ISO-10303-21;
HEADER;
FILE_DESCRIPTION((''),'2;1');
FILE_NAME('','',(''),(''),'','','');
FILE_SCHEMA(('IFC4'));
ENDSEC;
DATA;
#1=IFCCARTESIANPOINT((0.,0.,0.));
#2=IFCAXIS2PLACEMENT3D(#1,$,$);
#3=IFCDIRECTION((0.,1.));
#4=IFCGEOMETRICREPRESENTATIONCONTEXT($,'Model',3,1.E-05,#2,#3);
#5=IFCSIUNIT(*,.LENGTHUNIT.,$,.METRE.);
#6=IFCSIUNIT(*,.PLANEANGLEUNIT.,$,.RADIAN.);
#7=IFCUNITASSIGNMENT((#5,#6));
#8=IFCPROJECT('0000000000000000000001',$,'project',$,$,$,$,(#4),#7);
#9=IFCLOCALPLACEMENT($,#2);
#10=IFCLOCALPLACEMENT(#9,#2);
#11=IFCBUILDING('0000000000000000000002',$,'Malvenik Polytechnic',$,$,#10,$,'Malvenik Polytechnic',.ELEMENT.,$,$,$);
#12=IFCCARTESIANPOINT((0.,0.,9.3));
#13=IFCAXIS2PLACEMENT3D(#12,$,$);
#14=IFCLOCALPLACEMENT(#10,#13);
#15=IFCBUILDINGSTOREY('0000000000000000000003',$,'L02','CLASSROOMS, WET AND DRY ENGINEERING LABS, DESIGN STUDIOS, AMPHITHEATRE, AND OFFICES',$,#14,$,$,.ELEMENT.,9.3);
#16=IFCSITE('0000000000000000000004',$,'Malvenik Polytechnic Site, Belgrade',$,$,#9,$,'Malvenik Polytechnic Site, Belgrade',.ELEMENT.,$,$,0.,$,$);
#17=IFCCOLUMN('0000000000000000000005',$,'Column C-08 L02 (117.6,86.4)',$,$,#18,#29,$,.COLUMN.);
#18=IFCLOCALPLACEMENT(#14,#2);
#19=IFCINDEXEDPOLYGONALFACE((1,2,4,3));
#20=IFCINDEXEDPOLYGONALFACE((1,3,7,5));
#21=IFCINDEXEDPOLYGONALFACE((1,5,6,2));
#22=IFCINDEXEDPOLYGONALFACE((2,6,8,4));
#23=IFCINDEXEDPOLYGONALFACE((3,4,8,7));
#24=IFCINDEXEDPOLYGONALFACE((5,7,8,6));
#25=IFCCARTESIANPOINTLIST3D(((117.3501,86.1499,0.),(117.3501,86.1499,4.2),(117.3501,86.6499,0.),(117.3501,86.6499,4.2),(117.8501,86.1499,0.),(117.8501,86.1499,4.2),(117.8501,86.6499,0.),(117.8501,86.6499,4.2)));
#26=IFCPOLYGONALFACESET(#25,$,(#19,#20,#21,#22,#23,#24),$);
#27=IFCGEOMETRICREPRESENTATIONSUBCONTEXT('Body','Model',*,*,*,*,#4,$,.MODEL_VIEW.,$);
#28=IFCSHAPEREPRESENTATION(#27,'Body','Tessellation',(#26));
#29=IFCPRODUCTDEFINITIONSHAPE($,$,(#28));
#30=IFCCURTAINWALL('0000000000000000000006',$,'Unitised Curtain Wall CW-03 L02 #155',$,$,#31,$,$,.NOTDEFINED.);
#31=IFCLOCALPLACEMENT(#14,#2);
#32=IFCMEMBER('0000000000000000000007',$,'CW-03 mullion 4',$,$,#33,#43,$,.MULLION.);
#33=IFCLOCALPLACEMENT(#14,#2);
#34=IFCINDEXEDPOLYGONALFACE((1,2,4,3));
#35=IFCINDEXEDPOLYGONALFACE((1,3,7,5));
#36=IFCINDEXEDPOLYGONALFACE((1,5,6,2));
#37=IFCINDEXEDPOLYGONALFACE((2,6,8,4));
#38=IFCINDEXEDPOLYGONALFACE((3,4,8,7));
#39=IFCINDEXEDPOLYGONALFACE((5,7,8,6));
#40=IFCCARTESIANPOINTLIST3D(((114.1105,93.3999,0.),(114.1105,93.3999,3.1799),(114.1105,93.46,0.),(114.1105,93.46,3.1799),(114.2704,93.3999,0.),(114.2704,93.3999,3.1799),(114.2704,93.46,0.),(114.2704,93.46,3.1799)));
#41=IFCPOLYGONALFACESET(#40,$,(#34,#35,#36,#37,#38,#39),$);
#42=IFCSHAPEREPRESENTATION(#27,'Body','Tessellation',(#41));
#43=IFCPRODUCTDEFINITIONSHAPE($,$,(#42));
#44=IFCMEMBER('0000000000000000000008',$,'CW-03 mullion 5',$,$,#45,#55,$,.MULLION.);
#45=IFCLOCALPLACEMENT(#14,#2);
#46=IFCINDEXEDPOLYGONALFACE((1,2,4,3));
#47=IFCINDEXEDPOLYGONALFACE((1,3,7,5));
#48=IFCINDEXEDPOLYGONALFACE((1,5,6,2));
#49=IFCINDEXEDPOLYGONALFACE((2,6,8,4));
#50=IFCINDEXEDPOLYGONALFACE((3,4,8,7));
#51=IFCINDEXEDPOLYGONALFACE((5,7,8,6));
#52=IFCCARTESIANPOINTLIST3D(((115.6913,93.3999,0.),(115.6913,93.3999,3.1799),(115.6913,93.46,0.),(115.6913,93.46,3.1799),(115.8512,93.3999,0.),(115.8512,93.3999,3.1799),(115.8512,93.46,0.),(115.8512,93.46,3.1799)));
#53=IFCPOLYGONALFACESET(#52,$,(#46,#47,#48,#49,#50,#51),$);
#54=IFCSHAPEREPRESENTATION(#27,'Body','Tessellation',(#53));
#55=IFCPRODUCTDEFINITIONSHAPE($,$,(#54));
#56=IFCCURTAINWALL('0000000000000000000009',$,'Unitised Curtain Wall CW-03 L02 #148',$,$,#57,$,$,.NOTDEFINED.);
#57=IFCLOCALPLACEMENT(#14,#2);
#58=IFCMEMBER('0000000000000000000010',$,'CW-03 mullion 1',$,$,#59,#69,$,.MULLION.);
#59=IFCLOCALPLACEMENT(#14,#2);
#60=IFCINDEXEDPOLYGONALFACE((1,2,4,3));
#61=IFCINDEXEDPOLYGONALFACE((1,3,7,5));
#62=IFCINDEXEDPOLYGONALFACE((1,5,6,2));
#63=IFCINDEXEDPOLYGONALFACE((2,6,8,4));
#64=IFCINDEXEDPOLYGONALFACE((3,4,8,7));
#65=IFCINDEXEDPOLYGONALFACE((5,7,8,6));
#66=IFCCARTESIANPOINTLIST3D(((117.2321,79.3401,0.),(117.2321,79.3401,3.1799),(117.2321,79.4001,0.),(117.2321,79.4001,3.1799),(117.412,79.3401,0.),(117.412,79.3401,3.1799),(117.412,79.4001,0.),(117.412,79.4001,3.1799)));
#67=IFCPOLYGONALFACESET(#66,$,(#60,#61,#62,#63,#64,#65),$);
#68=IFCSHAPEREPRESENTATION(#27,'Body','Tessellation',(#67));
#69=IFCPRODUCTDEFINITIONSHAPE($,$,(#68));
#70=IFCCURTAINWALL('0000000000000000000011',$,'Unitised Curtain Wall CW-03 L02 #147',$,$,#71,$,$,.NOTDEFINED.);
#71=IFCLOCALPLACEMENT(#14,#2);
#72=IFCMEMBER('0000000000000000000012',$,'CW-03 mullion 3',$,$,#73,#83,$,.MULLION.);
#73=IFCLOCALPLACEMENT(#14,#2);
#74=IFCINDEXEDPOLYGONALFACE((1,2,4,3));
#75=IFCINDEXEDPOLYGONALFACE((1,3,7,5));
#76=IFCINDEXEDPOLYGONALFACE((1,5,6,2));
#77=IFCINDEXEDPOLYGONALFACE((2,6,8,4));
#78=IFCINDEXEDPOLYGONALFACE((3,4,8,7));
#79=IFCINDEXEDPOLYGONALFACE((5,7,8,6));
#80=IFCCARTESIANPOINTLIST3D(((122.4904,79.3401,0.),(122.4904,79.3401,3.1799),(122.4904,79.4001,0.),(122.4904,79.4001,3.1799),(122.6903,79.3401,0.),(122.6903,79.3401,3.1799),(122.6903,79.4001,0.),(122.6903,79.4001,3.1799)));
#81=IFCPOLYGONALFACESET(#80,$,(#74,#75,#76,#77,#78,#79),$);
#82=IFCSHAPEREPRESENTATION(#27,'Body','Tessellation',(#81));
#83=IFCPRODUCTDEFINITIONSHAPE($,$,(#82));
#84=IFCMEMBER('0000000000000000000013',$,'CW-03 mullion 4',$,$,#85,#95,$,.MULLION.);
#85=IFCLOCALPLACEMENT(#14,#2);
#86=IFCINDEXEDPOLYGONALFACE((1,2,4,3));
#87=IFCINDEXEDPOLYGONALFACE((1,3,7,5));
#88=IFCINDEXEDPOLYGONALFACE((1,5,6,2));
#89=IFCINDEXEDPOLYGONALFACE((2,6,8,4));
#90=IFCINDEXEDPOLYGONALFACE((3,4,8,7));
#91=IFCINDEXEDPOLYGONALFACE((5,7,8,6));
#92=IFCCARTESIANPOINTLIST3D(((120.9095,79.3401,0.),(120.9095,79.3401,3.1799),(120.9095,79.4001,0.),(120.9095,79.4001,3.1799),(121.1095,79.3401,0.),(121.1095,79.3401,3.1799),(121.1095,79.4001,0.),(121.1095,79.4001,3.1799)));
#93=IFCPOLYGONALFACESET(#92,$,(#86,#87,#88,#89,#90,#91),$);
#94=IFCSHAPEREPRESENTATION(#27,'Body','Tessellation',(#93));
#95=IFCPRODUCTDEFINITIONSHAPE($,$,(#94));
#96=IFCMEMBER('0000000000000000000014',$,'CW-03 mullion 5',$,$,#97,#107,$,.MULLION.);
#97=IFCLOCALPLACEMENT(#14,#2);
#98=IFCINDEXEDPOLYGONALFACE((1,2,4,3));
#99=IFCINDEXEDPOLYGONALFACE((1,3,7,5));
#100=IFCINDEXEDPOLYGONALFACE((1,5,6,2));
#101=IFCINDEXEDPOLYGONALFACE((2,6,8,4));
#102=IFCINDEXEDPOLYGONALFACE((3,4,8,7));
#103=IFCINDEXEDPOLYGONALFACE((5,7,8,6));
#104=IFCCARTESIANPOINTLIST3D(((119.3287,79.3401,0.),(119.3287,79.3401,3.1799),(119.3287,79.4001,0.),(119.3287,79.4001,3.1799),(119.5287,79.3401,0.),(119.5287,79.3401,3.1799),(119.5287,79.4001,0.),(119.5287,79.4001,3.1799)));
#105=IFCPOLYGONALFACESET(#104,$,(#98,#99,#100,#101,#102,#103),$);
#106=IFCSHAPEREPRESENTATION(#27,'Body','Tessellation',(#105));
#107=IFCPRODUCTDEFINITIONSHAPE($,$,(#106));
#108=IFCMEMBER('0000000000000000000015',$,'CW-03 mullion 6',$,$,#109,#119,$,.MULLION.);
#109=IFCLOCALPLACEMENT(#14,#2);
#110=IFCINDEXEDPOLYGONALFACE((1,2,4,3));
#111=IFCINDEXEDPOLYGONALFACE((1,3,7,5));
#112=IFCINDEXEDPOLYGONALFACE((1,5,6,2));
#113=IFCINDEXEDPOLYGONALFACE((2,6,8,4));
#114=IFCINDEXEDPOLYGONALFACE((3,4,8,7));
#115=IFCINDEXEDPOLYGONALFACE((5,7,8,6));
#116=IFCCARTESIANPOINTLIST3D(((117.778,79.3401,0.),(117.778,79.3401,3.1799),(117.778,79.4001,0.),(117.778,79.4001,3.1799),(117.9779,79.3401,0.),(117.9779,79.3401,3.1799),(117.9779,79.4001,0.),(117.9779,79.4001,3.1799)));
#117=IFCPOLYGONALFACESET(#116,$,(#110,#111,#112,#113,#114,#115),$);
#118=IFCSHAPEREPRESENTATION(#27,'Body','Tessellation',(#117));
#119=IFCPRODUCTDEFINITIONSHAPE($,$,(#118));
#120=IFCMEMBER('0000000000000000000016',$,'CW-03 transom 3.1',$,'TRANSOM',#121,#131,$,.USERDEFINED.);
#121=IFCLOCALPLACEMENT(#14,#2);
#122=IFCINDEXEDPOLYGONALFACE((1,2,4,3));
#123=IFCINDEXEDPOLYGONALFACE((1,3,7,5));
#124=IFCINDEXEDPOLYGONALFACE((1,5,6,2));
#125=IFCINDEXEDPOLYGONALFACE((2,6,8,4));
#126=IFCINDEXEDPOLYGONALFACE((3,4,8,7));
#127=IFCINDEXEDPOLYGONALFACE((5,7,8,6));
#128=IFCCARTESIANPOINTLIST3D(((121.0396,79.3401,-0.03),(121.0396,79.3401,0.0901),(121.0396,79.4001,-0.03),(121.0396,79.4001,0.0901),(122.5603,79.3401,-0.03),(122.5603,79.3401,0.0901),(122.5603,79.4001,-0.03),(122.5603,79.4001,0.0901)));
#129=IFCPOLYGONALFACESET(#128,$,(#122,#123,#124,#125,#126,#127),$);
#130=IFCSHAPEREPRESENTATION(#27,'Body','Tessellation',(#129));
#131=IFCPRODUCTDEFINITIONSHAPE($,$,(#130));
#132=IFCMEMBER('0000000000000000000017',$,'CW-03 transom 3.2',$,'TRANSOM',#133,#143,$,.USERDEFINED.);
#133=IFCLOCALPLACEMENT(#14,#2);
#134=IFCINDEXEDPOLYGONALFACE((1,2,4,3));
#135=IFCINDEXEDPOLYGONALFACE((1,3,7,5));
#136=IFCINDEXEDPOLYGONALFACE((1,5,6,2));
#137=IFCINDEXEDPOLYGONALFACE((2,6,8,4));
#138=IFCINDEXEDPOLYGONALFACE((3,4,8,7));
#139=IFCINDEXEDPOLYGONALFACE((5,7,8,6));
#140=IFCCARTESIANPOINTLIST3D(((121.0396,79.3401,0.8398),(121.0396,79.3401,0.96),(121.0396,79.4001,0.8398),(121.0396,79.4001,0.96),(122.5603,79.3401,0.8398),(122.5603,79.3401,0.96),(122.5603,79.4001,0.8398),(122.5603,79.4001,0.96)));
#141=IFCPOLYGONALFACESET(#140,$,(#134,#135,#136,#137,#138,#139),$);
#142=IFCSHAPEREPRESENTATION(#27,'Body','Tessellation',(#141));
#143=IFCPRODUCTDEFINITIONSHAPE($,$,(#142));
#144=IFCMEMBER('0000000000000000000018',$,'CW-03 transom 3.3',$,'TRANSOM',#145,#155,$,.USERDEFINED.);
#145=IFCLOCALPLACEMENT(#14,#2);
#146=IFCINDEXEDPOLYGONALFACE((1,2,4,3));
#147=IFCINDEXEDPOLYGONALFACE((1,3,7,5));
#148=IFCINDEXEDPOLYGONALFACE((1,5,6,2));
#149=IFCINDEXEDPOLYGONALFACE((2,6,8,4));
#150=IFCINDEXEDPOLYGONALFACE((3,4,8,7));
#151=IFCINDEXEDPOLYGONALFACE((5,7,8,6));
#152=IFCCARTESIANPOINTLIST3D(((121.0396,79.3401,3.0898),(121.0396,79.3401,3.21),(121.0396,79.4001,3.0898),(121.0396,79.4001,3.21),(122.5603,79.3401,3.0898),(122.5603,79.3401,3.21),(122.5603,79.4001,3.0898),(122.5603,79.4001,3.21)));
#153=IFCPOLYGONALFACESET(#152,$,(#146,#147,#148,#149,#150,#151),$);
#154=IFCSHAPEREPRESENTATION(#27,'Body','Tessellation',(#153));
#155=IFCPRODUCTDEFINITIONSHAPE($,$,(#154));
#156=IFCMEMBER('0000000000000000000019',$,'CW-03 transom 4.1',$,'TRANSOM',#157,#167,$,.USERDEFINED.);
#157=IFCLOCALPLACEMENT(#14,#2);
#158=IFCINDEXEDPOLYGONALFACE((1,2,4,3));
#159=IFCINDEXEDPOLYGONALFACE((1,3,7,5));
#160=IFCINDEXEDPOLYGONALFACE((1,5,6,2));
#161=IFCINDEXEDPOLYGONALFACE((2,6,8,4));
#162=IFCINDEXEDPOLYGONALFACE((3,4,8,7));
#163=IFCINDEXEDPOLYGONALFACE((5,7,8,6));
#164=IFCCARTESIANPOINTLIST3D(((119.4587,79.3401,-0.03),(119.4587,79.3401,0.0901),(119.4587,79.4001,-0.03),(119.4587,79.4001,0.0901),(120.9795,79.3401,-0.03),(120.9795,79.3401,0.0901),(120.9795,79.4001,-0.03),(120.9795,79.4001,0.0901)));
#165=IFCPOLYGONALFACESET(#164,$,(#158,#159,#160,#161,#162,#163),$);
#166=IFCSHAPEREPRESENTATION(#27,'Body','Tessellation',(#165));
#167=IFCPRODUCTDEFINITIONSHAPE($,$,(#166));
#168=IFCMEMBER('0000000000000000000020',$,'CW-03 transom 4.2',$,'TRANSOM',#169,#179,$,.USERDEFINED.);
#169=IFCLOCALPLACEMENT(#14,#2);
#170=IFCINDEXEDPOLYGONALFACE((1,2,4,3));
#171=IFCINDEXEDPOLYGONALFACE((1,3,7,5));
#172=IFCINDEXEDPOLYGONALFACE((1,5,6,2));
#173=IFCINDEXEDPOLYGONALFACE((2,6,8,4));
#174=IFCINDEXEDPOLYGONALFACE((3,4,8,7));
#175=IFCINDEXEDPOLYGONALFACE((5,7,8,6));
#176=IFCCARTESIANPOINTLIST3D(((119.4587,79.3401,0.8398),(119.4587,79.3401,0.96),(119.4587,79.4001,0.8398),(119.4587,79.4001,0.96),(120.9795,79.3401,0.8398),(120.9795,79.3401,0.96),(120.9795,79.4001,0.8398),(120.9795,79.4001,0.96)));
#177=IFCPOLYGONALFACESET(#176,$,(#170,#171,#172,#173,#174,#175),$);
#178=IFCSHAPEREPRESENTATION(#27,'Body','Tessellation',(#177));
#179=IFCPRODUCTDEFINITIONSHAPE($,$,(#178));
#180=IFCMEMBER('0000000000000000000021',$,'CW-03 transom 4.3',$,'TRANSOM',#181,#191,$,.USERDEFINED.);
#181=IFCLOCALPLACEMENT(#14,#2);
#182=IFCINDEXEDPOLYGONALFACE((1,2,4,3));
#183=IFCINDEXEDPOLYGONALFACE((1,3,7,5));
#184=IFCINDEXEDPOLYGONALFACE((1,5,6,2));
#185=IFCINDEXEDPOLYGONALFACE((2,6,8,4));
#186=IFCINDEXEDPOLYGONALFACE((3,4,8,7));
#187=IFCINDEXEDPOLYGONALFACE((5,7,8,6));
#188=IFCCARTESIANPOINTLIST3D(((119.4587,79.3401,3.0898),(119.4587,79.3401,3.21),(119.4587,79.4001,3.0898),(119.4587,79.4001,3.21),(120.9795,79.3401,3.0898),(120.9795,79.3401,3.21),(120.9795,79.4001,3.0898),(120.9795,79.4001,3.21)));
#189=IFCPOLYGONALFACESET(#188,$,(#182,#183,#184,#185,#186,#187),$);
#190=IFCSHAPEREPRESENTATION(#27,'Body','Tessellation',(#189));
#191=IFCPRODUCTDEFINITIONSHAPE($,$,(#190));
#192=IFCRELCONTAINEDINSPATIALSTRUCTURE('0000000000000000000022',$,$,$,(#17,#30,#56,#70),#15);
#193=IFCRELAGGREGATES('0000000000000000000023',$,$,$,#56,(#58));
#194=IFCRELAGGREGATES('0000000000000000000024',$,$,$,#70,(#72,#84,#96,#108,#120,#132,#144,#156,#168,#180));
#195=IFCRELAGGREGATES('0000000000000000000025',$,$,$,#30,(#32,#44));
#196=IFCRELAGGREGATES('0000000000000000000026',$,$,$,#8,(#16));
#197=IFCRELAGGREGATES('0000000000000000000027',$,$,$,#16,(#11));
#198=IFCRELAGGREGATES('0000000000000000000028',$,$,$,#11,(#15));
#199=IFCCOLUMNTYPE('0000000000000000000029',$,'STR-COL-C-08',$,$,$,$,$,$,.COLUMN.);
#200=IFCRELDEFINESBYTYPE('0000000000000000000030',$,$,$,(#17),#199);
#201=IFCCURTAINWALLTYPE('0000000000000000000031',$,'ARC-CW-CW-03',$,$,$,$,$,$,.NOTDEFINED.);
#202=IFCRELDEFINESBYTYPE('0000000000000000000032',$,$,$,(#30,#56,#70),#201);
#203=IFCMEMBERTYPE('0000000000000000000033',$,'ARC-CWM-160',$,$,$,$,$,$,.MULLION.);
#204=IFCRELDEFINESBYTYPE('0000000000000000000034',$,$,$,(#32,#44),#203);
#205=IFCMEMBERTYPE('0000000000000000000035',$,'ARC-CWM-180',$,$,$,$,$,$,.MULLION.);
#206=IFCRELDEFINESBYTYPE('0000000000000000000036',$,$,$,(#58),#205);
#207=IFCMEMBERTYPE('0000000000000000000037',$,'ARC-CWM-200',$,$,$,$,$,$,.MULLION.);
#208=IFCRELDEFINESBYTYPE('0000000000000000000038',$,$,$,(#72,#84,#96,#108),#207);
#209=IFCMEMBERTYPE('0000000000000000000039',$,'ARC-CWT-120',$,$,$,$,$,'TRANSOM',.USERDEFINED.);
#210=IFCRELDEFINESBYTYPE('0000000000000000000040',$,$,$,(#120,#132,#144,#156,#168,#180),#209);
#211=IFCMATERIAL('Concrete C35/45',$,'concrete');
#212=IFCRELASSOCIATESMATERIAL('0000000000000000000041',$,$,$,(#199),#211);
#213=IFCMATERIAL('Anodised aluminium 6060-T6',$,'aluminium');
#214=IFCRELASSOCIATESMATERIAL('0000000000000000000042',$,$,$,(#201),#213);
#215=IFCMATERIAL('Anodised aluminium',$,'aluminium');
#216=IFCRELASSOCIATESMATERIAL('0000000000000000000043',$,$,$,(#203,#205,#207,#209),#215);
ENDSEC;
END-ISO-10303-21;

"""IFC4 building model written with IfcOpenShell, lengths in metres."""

from ifc_helpers import new_model, si_unit, direction, frame, origin, origin_2d, place, context, subcontext, project, spatial, rectangle, extrude, material, material_profile, profile_set, type_object, element, aggregate, save


model = new_model("IFC4")

# Units and contexts
model_context = context("Model", 3, precision=1e-05, world=origin(), true_north=direction((0.0, 1.0)))
body_context = subcontext(model_context, "Body", "Model", "MODEL_VIEW")
ifc_project = project(units=[si_unit("LENGTHUNIT", "METRE"), si_unit("PLANEANGLEUNIT", "RADIAN")], contexts=[model_context])

# Site, building, storey
site_placement = place(None, origin())
site = spatial("IfcSite", under=ifc_project, at=site_placement, Name="Malvenik Polytechnic Site, Belgrade", LongName="Malvenik Polytechnic Site, Belgrade", CompositionType="ELEMENT", RefElevation=0.0)
building_placement = place(site_placement, origin())
building = spatial("IfcBuilding", under=site, at=building_placement, Name="Malvenik Polytechnic", LongName="Malvenik Polytechnic", CompositionType="ELEMENT")
storey_placement = place(building_placement, frame((0.0, 0.0, 9.3)))
storey = spatial("IfcBuildingStorey", under=building, at=storey_placement, Name="L02", Description="CLASSROOMS, WET AND DRY ENGINEERING LABS, DESIGN STUDIOS, AMPHITHEATRE, AND OFFICES", CompositionType="ELEMENT", Elevation=9.3)

# Column
ifc_material_1 = material(Name="Concrete C35/45", Category="concrete")
ifc_material_profile_1 = material_profile(ifc_material_1, rectangle(XDim=0.5, YDim=0.5, at=origin_2d()), Name="RC COL 500x500")
ifc_profile_set_1 = profile_set([ifc_material_profile_1], Name="Concrete C35/45")
column_type = type_object("IfcColumnType", Name="STR-COL-C-08", PredefinedType="COLUMN", material=ifc_profile_set_1)
column_placement = place(storey_placement, frame((117.6001, 86.3999, 0.0), z_axis=(0.0, 0.0, 1.0), x_axis=(1.0, 0.0, 0.0)))
element("IfcColumn", 1, at=column_placement, inside=storey, type_object=column_type, Name="Column C-08 L02 (117.6,86.4)", PredefinedType="COLUMN", context=body_context, shape_type="SweptSolid", body=[
    extrude(rectangle(XDim=0.5, YDim=0.5, at=origin_2d()), origin(), (0.0, 0.0, 1.0), 4.2),
])

# Curtain wall, members
ifc_material_2 = material(Name="Anodised aluminium 6060-T6", Category="aluminium")
curtain_wall_type = type_object("IfcCurtainWallType", Name="ARC-CW-CW-03", PredefinedType="NOTDEFINED", material=ifc_material_2)
curtain_wall_1_placement = place(storey_placement, origin())
curtain_wall_1 = element("IfcCurtainWall", 2, at=curtain_wall_1_placement, inside=storey, type_object=curtain_wall_type, Name="Unitised Curtain Wall CW-03 L02 #155", PredefinedType="NOTDEFINED")
ifc_material_3 = material(Name="Anodised aluminium", Category="aluminium")
ifc_material_profile_2 = material_profile(ifc_material_3, rectangle(XDim=0.0601, YDim=0.1599, at=origin_2d()), Name="ALU MULLION 60x160")
ifc_profile_set_2 = profile_set([ifc_material_profile_2], Name="Anodised aluminium")
member_type_1 = type_object("IfcMemberType", Name="ARC-CWM-160", PredefinedType="MULLION", material=ifc_profile_set_2)
member_1_placement = place(storey_placement, frame((114.1904, 93.4299, 0.0), z_axis=(0.0, 0.0, 1.0), x_axis=(0.0, 1.0, 0.0)))
member_1 = element("IfcMember", 3, at=member_1_placement, type_object=member_type_1, Name="CW-03 mullion 4", PredefinedType="MULLION", context=body_context, shape_type="SweptSolid", body=[
    extrude(rectangle(XDim=0.0601, YDim=0.1599, at=origin_2d()), origin(), (0.0, 0.0, 1.0), 3.1799),
])
member_2_placement = place(storey_placement, frame((115.7712, 93.4299, 0.0), z_axis=(0.0, 0.0, 1.0), x_axis=(0.0, 1.0, 0.0)))
member_2 = element("IfcMember", 4, at=member_2_placement, type_object=member_type_1, Name="CW-03 mullion 5", PredefinedType="MULLION", context=body_context, shape_type="SweptSolid", body=[
    extrude(rectangle(XDim=0.0601, YDim=0.1599, at=origin_2d()), origin(), (0.0, 0.0, 1.0), 3.1799),
])

# Curtain wall, member
curtain_wall_2_placement = place(storey_placement, origin())
curtain_wall_2 = element("IfcCurtainWall", 5, at=curtain_wall_2_placement, inside=storey, type_object=curtain_wall_type, Name="Unitised Curtain Wall CW-03 L02 #148", PredefinedType="NOTDEFINED")
ifc_material_profile_3 = material_profile(ifc_material_3, rectangle(XDim=0.0601, YDim=0.1799, at=origin_2d()), Name="ALU MULLION 60x180")
ifc_profile_set_3 = profile_set([ifc_material_profile_3], Name="Anodised aluminium")
member_type_2 = type_object("IfcMemberType", Name="ARC-CWM-180", PredefinedType="MULLION", material=ifc_profile_set_3)
member_3_placement = place(storey_placement, frame((117.322, 79.3701, 0.0), z_axis=(0.0, 0.0, 1.0), x_axis=(0.0, -1.0, 0.0)))
member_3 = element("IfcMember", 6, at=member_3_placement, type_object=member_type_2, Name="CW-03 mullion 1", PredefinedType="MULLION", context=body_context, shape_type="SweptSolid", body=[
    extrude(rectangle(XDim=0.0601, YDim=0.1799, at=origin_2d()), origin(), (0.0, 0.0, 1.0), 3.1799),
])

# Curtain wall, members
curtain_wall_3_placement = place(storey_placement, origin())
curtain_wall_3 = element("IfcCurtainWall", 7, at=curtain_wall_3_placement, inside=storey, type_object=curtain_wall_type, Name="Unitised Curtain Wall CW-03 L02 #147", PredefinedType="NOTDEFINED")
ifc_material_profile_4 = material_profile(ifc_material_3, rectangle(XDim=0.0601, YDim=0.2, at=origin_2d()), Name="ALU MULLION 60x200")
ifc_profile_set_4 = profile_set([ifc_material_profile_4], Name="Anodised aluminium")
member_type_3 = type_object("IfcMemberType", Name="ARC-CWM-200", PredefinedType="MULLION", material=ifc_profile_set_4)
member_4_placement = place(storey_placement, frame((122.5903, 79.3701, 0.0), z_axis=(0.0, 0.0, 1.0), x_axis=(0.0, -1.0, 0.0)))
member_4 = element("IfcMember", 8, at=member_4_placement, type_object=member_type_3, Name="CW-03 mullion 3", PredefinedType="MULLION", context=body_context, shape_type="SweptSolid", body=[
    extrude(rectangle(XDim=0.0601, YDim=0.2, at=origin_2d()), origin(), (0.0, 0.0, 1.0), 3.1799),
])
member_5_placement = place(storey_placement, frame((121.0095, 79.3701, 0.0), z_axis=(0.0, 0.0, 1.0), x_axis=(0.0, -1.0, 0.0)))
member_5 = element("IfcMember", 9, at=member_5_placement, type_object=member_type_3, Name="CW-03 mullion 4", PredefinedType="MULLION", context=body_context, shape_type="SweptSolid", body=[
    extrude(rectangle(XDim=0.0601, YDim=0.2, at=origin_2d()), origin(), (0.0, 0.0, 1.0), 3.1799),
])
member_6_placement = place(storey_placement, frame((119.4287, 79.3701, 0.0), z_axis=(0.0, 0.0, 1.0), x_axis=(0.0, -1.0, 0.0)))
member_6 = element("IfcMember", 10, at=member_6_placement, type_object=member_type_3, Name="CW-03 mullion 5", PredefinedType="MULLION", context=body_context, shape_type="SweptSolid", body=[
    extrude(rectangle(XDim=0.0601, YDim=0.2, at=origin_2d()), origin(), (0.0, 0.0, 1.0), 3.1799),
])
member_7_placement = place(storey_placement, frame((117.8779, 79.3701, 0.0), z_axis=(0.0, 0.0, 1.0), x_axis=(0.0, -1.0, 0.0)))
member_7 = element("IfcMember", 11, at=member_7_placement, type_object=member_type_3, Name="CW-03 mullion 6", PredefinedType="MULLION", context=body_context, shape_type="SweptSolid", body=[
    extrude(rectangle(XDim=0.0601, YDim=0.2, at=origin_2d()), origin(), (0.0, 0.0, 1.0), 3.1799),
])
ifc_material_profile_5 = material_profile(ifc_material_3, rectangle(XDim=0.0601, YDim=0.1201, at=origin_2d()), Name="ALU TRANSOM 60x120")
ifc_profile_set_5 = profile_set([ifc_material_profile_5], Name="Anodised aluminium")
member_type_4 = type_object("IfcMemberType", Name="ARC-CWT-120", ElementType="TRANSOM", PredefinedType="USERDEFINED", material=ifc_profile_set_5)
member_8_placement = place(storey_placement, frame((122.5603, 79.3701, 0.03), z_axis=(-1.0, 0.0, 0.0), x_axis=(0.0, -1.0, 0.0)))
member_8 = element("IfcMember", 12, at=member_8_placement, type_object=member_type_4, Name="CW-03 transom 3.1", ObjectType="TRANSOM", PredefinedType="USERDEFINED", context=body_context, shape_type="SweptSolid", body=[
    extrude(rectangle(XDim=0.0601, YDim=0.1201, at=origin_2d()), origin(), (0.0, 0.0, 1.0), 1.5208),
])
member_9_placement = place(storey_placement, frame((122.5603, 79.3701, 0.8999), z_axis=(-1.0, 0.0, 0.0), x_axis=(0.0, -1.0, 0.0)))
member_9 = element("IfcMember", 13, at=member_9_placement, type_object=member_type_4, Name="CW-03 transom 3.2", ObjectType="TRANSOM", PredefinedType="USERDEFINED", context=body_context, shape_type="SweptSolid", body=[
    extrude(rectangle(XDim=0.0601, YDim=0.1201, at=origin_2d()), origin(), (0.0, 0.0, 1.0), 1.5208),
])
member_10_placement = place(storey_placement, frame((122.5603, 79.3701, 3.1499), z_axis=(-1.0, 0.0, 0.0), x_axis=(0.0, -1.0, 0.0)))
member_10 = element("IfcMember", 14, at=member_10_placement, type_object=member_type_4, Name="CW-03 transom 3.3", ObjectType="TRANSOM", PredefinedType="USERDEFINED", context=body_context, shape_type="SweptSolid", body=[
    extrude(rectangle(XDim=0.0601, YDim=0.1201, at=origin_2d()), origin(), (0.0, 0.0, 1.0), 1.5208),
])
member_11_placement = place(storey_placement, frame((120.9795, 79.3701, 0.03), z_axis=(-1.0, 0.0, 0.0), x_axis=(0.0, -1.0, 0.0)))
member_11 = element("IfcMember", 15, at=member_11_placement, type_object=member_type_4, Name="CW-03 transom 4.1", ObjectType="TRANSOM", PredefinedType="USERDEFINED", context=body_context, shape_type="SweptSolid", body=[
    extrude(rectangle(XDim=0.0601, YDim=0.1201, at=origin_2d()), origin(), (0.0, 0.0, 1.0), 1.5208),
])
member_12_placement = place(storey_placement, frame((120.9795, 79.3701, 0.8999), z_axis=(-1.0, 0.0, 0.0), x_axis=(0.0, -1.0, 0.0)))
member_12 = element("IfcMember", 16, at=member_12_placement, type_object=member_type_4, Name="CW-03 transom 4.2", ObjectType="TRANSOM", PredefinedType="USERDEFINED", context=body_context, shape_type="SweptSolid", body=[
    extrude(rectangle(XDim=0.0601, YDim=0.1201, at=origin_2d()), origin(), (0.0, 0.0, 1.0), 1.5208),
])
member_13_placement = place(storey_placement, frame((120.9795, 79.3701, 3.1499), z_axis=(-1.0, 0.0, 0.0), x_axis=(0.0, -1.0, 0.0)))
member_13 = element("IfcMember", 17, at=member_13_placement, type_object=member_type_4, Name="CW-03 transom 4.3", ObjectType="TRANSOM", PredefinedType="USERDEFINED", context=body_context, shape_type="SweptSolid", body=[
    extrude(rectangle(XDim=0.0601, YDim=0.1201, at=origin_2d()), origin(), (0.0, 0.0, 1.0), 1.5208),
])

aggregate(curtain_wall_2, [member_3])

aggregate(curtain_wall_3, [member_4, member_5, member_6, member_7, member_8, member_9, member_10, member_11, member_12, member_13])
aggregate(curtain_wall_1, [member_1, member_2])

save(model, "model.ifc")
